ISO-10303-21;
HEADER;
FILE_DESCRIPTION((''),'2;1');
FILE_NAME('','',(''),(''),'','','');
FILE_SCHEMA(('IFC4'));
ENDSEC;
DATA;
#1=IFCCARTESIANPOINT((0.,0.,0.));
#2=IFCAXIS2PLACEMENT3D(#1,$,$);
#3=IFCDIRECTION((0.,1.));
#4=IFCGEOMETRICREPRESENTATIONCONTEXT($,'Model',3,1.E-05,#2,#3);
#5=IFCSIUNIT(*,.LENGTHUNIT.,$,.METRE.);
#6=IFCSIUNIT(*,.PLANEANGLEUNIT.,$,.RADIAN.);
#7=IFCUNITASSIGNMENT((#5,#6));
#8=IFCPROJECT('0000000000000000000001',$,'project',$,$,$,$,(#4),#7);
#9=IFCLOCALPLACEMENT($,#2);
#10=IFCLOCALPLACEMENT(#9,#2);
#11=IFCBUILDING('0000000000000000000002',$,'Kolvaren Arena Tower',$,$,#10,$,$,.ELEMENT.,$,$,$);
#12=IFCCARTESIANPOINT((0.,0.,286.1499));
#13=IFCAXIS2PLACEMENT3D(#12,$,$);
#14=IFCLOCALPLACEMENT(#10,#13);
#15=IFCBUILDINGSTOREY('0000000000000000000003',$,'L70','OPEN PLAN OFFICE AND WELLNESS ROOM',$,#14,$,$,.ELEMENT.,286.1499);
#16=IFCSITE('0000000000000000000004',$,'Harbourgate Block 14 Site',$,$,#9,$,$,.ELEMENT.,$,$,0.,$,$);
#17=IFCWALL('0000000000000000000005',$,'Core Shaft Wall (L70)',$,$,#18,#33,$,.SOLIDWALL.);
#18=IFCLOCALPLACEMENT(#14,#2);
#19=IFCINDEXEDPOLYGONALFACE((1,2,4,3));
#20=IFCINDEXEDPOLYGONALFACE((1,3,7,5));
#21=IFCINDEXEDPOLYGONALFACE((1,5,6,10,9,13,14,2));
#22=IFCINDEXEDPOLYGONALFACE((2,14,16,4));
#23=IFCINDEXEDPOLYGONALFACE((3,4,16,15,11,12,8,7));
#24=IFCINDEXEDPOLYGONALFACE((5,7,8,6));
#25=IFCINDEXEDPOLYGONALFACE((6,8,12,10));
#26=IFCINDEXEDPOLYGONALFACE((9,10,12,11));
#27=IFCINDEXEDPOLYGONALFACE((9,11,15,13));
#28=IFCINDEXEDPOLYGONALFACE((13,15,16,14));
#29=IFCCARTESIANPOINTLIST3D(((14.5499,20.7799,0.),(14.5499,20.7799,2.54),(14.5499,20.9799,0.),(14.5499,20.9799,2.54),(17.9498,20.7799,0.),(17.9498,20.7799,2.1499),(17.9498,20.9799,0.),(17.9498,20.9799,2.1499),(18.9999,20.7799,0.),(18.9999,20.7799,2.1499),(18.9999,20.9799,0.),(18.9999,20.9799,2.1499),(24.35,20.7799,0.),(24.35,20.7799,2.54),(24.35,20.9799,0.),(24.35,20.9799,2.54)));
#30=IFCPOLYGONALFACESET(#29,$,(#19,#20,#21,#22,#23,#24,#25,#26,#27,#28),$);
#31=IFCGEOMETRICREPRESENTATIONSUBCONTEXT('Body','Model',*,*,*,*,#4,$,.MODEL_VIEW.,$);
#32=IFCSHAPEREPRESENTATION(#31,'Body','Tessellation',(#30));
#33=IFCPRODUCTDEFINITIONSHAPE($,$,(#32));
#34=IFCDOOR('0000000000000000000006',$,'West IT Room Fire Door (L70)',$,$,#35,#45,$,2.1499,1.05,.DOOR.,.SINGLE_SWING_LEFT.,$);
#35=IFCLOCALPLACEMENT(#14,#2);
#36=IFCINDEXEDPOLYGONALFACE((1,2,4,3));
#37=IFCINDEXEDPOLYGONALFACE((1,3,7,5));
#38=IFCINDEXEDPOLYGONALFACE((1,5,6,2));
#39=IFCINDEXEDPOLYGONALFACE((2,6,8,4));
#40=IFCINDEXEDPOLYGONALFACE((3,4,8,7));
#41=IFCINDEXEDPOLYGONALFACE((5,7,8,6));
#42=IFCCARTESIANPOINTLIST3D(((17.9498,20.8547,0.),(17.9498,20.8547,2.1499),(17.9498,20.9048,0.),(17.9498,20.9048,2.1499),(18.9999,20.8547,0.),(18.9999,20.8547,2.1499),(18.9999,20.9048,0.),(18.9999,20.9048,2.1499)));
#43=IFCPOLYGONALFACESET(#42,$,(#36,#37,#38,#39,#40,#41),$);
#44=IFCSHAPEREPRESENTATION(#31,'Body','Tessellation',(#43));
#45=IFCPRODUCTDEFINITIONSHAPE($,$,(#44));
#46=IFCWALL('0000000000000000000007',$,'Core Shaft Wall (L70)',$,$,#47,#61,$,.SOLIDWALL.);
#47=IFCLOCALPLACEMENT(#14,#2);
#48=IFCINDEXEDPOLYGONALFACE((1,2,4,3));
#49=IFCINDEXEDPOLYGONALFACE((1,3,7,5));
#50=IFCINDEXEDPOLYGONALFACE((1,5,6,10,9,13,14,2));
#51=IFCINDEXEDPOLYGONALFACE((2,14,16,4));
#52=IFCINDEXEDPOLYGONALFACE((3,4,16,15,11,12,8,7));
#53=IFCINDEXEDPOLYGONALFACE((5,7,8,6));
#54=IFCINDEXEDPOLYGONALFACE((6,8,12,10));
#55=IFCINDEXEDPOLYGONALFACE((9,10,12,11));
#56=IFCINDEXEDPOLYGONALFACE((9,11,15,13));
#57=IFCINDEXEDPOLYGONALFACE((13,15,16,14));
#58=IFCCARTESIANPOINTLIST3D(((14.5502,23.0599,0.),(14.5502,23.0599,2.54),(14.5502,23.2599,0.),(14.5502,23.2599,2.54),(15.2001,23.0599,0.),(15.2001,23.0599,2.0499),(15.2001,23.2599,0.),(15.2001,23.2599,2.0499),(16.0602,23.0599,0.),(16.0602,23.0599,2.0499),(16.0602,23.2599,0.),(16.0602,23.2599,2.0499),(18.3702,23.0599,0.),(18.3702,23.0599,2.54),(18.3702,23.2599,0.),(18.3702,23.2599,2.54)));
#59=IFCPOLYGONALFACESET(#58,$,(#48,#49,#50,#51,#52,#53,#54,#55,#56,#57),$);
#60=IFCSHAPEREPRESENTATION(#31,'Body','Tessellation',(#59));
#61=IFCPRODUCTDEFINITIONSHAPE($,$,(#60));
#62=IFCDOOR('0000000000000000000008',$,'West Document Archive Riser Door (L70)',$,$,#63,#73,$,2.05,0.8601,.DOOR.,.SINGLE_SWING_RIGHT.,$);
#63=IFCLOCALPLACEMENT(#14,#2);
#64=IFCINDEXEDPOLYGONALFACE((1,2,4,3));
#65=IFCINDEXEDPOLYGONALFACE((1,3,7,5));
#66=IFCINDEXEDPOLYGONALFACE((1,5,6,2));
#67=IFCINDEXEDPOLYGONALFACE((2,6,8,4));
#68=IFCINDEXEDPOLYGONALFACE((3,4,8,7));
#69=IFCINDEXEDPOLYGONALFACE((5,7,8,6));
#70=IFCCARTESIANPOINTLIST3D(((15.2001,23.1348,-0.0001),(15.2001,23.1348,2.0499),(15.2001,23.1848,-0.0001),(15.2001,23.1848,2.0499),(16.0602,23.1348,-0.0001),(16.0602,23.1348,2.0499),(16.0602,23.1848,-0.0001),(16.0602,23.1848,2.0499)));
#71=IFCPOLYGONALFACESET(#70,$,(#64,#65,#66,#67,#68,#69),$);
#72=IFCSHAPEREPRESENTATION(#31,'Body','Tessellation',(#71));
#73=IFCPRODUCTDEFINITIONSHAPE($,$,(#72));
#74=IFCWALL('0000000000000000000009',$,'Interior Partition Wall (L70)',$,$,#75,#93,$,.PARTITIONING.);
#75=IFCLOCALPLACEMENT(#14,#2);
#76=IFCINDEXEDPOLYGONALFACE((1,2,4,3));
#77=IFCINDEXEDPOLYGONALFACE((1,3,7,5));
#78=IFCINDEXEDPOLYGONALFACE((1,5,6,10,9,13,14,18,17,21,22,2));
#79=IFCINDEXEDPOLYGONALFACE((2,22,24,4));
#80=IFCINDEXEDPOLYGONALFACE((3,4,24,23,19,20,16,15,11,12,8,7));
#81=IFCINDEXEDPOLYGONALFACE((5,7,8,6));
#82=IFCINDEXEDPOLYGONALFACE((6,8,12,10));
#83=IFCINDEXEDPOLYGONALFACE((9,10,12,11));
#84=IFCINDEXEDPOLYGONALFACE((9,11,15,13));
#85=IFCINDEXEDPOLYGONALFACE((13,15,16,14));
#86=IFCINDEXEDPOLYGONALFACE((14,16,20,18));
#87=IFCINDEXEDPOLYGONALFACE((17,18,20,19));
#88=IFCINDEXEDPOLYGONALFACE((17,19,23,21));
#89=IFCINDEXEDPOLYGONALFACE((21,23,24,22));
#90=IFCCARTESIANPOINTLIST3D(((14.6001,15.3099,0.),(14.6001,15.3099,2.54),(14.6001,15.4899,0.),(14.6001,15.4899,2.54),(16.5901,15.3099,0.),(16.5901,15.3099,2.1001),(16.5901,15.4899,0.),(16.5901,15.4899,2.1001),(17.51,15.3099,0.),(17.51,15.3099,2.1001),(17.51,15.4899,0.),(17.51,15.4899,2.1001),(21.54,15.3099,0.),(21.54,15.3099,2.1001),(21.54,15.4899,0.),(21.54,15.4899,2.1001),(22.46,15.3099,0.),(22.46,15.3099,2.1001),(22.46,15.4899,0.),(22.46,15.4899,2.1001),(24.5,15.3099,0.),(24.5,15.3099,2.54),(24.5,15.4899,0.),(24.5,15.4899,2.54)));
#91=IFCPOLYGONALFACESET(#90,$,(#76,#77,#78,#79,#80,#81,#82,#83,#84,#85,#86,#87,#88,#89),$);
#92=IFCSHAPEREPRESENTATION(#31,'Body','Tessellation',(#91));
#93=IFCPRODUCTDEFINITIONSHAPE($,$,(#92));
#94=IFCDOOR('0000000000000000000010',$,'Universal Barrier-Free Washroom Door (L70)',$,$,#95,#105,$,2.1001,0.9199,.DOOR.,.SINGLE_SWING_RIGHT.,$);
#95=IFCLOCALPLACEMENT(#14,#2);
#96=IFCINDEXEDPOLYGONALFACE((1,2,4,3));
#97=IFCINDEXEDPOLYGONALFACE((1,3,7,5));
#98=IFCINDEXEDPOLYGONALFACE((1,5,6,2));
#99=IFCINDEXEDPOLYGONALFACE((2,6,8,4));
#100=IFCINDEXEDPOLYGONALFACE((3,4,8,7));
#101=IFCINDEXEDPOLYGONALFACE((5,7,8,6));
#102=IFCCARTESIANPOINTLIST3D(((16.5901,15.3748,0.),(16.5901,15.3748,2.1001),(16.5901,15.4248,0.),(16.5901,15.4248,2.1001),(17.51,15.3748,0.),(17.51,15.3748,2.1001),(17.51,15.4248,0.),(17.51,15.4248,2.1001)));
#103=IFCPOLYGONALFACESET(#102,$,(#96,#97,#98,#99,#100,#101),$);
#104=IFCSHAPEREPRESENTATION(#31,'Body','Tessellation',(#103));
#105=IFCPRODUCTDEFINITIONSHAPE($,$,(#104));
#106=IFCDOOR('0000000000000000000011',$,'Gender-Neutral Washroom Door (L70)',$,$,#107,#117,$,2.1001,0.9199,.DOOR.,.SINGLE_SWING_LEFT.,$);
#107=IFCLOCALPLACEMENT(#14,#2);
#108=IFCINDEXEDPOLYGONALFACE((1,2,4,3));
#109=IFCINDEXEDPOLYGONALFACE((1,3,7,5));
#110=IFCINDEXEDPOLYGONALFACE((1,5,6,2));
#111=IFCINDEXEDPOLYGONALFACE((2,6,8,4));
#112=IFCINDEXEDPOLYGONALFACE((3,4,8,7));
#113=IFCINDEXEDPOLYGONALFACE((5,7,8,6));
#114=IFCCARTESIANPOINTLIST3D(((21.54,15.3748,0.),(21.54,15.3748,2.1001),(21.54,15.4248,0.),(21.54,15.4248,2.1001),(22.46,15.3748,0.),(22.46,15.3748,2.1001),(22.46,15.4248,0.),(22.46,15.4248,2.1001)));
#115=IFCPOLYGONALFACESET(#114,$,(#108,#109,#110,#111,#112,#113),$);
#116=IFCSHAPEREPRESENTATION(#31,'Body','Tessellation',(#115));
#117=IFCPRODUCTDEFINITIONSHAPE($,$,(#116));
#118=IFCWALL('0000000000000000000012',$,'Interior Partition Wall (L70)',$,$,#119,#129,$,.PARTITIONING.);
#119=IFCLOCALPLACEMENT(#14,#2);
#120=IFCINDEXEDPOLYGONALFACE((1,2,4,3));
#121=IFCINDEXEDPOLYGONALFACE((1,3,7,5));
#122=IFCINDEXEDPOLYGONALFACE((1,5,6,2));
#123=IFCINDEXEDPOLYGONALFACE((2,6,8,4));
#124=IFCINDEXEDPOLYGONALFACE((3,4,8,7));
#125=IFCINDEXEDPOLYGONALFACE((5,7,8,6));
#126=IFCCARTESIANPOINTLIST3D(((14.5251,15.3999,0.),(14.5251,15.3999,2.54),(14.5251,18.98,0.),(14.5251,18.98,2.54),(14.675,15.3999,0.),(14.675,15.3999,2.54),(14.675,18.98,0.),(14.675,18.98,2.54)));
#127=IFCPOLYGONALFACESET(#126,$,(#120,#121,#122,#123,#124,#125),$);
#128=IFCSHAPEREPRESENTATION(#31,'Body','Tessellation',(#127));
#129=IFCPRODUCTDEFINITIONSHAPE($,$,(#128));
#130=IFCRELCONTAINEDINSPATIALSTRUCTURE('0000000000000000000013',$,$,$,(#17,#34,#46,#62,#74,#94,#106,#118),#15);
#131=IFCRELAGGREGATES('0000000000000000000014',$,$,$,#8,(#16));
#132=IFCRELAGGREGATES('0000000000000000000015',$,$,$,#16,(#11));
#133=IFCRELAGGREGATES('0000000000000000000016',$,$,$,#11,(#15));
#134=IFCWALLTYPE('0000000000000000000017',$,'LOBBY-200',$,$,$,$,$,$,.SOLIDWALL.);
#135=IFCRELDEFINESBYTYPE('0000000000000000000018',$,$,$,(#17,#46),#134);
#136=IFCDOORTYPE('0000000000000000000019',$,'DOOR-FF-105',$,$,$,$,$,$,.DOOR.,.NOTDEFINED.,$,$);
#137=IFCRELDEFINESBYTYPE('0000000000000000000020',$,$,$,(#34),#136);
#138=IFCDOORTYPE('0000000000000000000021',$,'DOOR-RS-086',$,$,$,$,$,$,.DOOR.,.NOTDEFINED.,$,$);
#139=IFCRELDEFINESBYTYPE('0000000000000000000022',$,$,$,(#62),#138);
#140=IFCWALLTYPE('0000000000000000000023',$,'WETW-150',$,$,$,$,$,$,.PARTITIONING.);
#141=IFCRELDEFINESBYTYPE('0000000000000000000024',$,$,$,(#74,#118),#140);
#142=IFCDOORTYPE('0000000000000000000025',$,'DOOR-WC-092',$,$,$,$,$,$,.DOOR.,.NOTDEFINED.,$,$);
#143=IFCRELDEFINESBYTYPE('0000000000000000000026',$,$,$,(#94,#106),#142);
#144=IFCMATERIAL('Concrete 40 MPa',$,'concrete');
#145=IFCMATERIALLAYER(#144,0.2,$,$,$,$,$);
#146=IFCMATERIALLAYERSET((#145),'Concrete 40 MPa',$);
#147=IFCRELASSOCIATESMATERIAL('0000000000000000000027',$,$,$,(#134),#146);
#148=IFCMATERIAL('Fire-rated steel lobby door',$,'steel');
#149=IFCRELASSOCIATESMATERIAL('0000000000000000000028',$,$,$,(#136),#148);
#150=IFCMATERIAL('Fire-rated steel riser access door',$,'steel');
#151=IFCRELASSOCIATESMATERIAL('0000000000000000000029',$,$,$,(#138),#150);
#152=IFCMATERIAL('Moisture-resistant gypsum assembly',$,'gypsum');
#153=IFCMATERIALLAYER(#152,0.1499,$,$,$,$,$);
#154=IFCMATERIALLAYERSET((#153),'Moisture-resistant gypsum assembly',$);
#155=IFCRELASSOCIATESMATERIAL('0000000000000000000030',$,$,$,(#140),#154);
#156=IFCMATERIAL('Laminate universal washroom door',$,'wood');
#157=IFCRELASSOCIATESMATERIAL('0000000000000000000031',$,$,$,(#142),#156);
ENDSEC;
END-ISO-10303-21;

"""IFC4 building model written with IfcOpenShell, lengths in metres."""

from ifc_helpers import new_model, si_unit, direction, frame, frame_2d, origin, place, context, subcontext, project, spatial, rectangle, extrude, material, layer, layer_set, type_object, element, fill, save


model = new_model("IFC4")

# Units and contexts
model_context = context("Model", 3, precision=1e-05, world=origin(), true_north=direction((0.0, 1.0)))
body_context = subcontext(model_context, "Body", "Model", "MODEL_VIEW")
ifc_project = project(units=[si_unit("LENGTHUNIT", "METRE"), si_unit("PLANEANGLEUNIT", "RADIAN")], contexts=[model_context])

# Site, building, storey
site_placement = place(None, origin())
site = spatial("IfcSite", under=ifc_project, at=site_placement, Name="Harbourgate Block 14 Site", CompositionType="ELEMENT", RefElevation=0.0)
building_placement = place(site_placement, origin())
building = spatial("IfcBuilding", under=site, at=building_placement, Name="Kolvaren Arena Tower", CompositionType="ELEMENT")
storey_placement = place(building_placement, frame((0.0, 0.0, 286.1499)))
storey = spatial("IfcBuildingStorey", under=building, at=storey_placement, Name="L70", Description="OPEN PLAN OFFICE AND WELLNESS ROOM", CompositionType="ELEMENT", Elevation=286.1499)

# Walls, openings, doors
ifc_material_1 = material(Name="Concrete 40 MPa", Category="concrete")
ifc_layer_1 = layer(ifc_material_1, 0.2)
ifc_layer_set_1 = layer_set([ifc_layer_1], Name="Concrete 40 MPa")
wall_type_1 = type_object("IfcWallType", Name="LOBBY-200", PredefinedType="SOLIDWALL", material=ifc_layer_set_1)
wall_1_placement = place(storey_placement, frame((14.55, 20.8799, 0.0), z_axis=(0.0, 0.0, 1.0), x_axis=(1.0, 0.0, 0.0)))
wall_1 = element("IfcWall", 1, at=wall_1_placement, inside=storey, type_object=wall_type_1, Name="Core Shaft Wall (L70)", PredefinedType="SOLIDWALL", context=body_context, shape_type="SweptSolid", body=[
    extrude(rectangle(XDim=9.8, YDim=0.2, at=frame_2d((4.8999, 0.0))), origin(), (0.0, 0.0, 1.0), 2.54),
])
opening_1_placement = place(wall_1_placement, frame((3.3999, 0.0, 0.0)))
opening_1 = element("IfcOpeningElement", 2, at=opening_1_placement, cuts=wall_1, PredefinedType="OPENING", context=body_context, shape_type="SweptSolid", body=[
    extrude(rectangle(XDim=1.05, YDim=2.1499, at=frame_2d((0.5249, 1.075))), frame((0.0, 0.1099, 0.0), z_axis=(0.0, -1.0, 0.0), x_axis=(1.0, 0.0, 0.0)), (0.0, 0.0, 1.0), 0.22),
])
ifc_material_2 = material(Name="Fire-rated steel lobby door", Category="steel")
door_type_1 = type_object("IfcDoorType", Name="DOOR-FF-105", OperationType="NOTDEFINED", PredefinedType="DOOR", material=ifc_material_2)
door_1_placement = place(opening_1_placement, origin())
door_1 = element("IfcDoor", 3, at=door_1_placement, inside=storey, type_object=door_type_1, Name="West IT Room Fire Door (L70)", OperationType="SINGLE_SWING_LEFT", OverallHeight=2.1499, OverallWidth=1.05, PredefinedType="DOOR", context=body_context, shape_type="SweptSolid", body=[
    extrude(rectangle(XDim=1.05, YDim=2.1499, at=frame_2d((0.5249, 1.075))), frame((0.0, 0.0249, 0.0), z_axis=(0.0, -1.0, 0.0), x_axis=(1.0, 0.0, 0.0)), (0.0, 0.0, 1.0), 0.05),
])
fill(opening_1, door_1)
wall_2_placement = place(storey_placement, frame((14.55, 23.1599, 0.0), z_axis=(0.0, 0.0, 1.0), x_axis=(1.0, 0.0, 0.0)))
wall_2 = element("IfcWall", 4, at=wall_2_placement, inside=storey, type_object=wall_type_1, Name="Core Shaft Wall (L70)", PredefinedType="SOLIDWALL", context=body_context, shape_type="SweptSolid", body=[
    extrude(rectangle(XDim=3.8201, YDim=0.2, at=frame_2d((1.9102, 0.0))), origin(), (0.0, 0.0, 1.0), 2.54),
])
opening_2_placement = place(wall_2_placement, frame((0.6499, 0.0, 0.0)))
opening_2 = element("IfcOpeningElement", 5, at=opening_2_placement, cuts=wall_2, PredefinedType="OPENING", context=body_context, shape_type="SweptSolid", body=[
    extrude(rectangle(XDim=0.8601, YDim=2.05, at=frame_2d((0.4302, 1.0249))), frame((0.0, 0.1099, 0.0), z_axis=(0.0, -1.0, 0.0), x_axis=(1.0, 0.0, 0.0)), (0.0, 0.0, 1.0), 0.22),
])
ifc_material_3 = material(Name="Fire-rated steel riser access door", Category="steel")
door_type_2 = type_object("IfcDoorType", Name="DOOR-RS-086", OperationType="NOTDEFINED", PredefinedType="DOOR", material=ifc_material_3)
door_2_placement = place(opening_2_placement, origin())
door_2 = element("IfcDoor", 6, at=door_2_placement, inside=storey, type_object=door_type_2, Name="West Document Archive Riser Door (L70)", OperationType="SINGLE_SWING_RIGHT", OverallHeight=2.05, OverallWidth=0.8601, PredefinedType="DOOR", context=body_context, shape_type="SweptSolid", body=[
    extrude(rectangle(XDim=0.8601, YDim=2.05, at=frame_2d((0.4302, 1.0249))), frame((0.0, 0.0249, 0.0), z_axis=(0.0, -1.0, 0.0), x_axis=(1.0, 0.0, 0.0)), (0.0, 0.0, 1.0), 0.05),
])
fill(opening_2, door_2)

# Wall, openings, doors
ifc_material_4 = material(Name="Moisture-resistant gypsum assembly", Category="gypsum")
ifc_layer_2 = layer(ifc_material_4, 0.1499)
ifc_layer_set_2 = layer_set([ifc_layer_2], Name="Moisture-resistant gypsum assembly")
wall_type_2 = type_object("IfcWallType", Name="WETW-150", PredefinedType="PARTITIONING", material=ifc_layer_set_2)
wall_3_placement = place(storey_placement, frame((14.6001, 15.3999, 0.0), z_axis=(0.0, 0.0, 1.0), x_axis=(1.0, 0.0, 0.0)))
wall_3 = element("IfcWall", 7, at=wall_3_placement, inside=storey, type_object=wall_type_2, Name="Interior Partition Wall (L70)", PredefinedType="PARTITIONING", context=body_context, shape_type="SweptSolid", body=[
    extrude(rectangle(XDim=9.8999, YDim=0.1799, at=frame_2d((4.95, 0.0))), origin(), (0.0, 0.0, 1.0), 2.54),
])
opening_3_placement = place(wall_3_placement, frame((1.99, 0.0, 0.0)))
opening_3 = element("IfcOpeningElement", 8, at=opening_3_placement, cuts=wall_3, PredefinedType="OPENING", context=body_context, shape_type="SweptSolid", body=[
    extrude(rectangle(XDim=0.9199, YDim=2.1001, at=frame_2d((0.46, 1.05))), frame((0.0, 0.0999, 0.0), z_axis=(0.0, -1.0, 0.0), x_axis=(1.0, 0.0, 0.0)), (0.0, 0.0, 1.0), 0.2),
])
opening_4_placement = place(wall_3_placement, frame((6.9399, 0.0, 0.0)))
opening_4 = element("IfcOpeningElement", 9, at=opening_4_placement, cuts=wall_3, PredefinedType="OPENING", context=body_context, shape_type="SweptSolid", body=[
    extrude(rectangle(XDim=0.9199, YDim=2.1001, at=frame_2d((0.46, 1.05))), frame((0.0, 0.0999, 0.0), z_axis=(0.0, -1.0, 0.0), x_axis=(1.0, 0.0, 0.0)), (0.0, 0.0, 1.0), 0.2),
])
ifc_material_5 = material(Name="Laminate universal washroom door", Category="wood")
door_type_3 = type_object("IfcDoorType", Name="DOOR-WC-092", OperationType="NOTDEFINED", PredefinedType="DOOR", material=ifc_material_5)
door_3_placement = place(opening_3_placement, origin())
door_3 = element("IfcDoor", 10, at=door_3_placement, inside=storey, type_object=door_type_3, Name="Universal Barrier-Free Washroom Door (L70)", OperationType="SINGLE_SWING_RIGHT", OverallHeight=2.1001, OverallWidth=0.9199, PredefinedType="DOOR", context=body_context, shape_type="SweptSolid", body=[
    extrude(rectangle(XDim=0.9199, YDim=2.1001, at=frame_2d((0.46, 1.05))), frame((0.0, 0.0249, 0.0), z_axis=(0.0, -1.0, 0.0), x_axis=(1.0, 0.0, 0.0)), (0.0, 0.0, 1.0), 0.05),
])
fill(opening_3, door_3)
door_4_placement = place(opening_4_placement, origin())
door_4 = element("IfcDoor", 11, at=door_4_placement, inside=storey, type_object=door_type_3, Name="Gender-Neutral Washroom Door (L70)", OperationType="SINGLE_SWING_LEFT", OverallHeight=2.1001, OverallWidth=0.9199, PredefinedType="DOOR", context=body_context, shape_type="SweptSolid", body=[
    extrude(rectangle(XDim=0.9199, YDim=2.1001, at=frame_2d((0.46, 1.05))), frame((0.0, 0.0249, 0.0), z_axis=(0.0, -1.0, 0.0), x_axis=(1.0, 0.0, 0.0)), (0.0, 0.0, 1.0), 0.05),
])
fill(opening_4, door_4)

# Wall
wall_4_placement = place(storey_placement, frame((14.6001, 15.3999, 0.0), z_axis=(0.0, 0.0, 1.0), x_axis=(0.0, 1.0, 0.0)))
element("IfcWall", 12, at=wall_4_placement, inside=storey, type_object=wall_type_2, Name="Interior Partition Wall (L70)", PredefinedType="PARTITIONING", context=body_context, shape_type="SweptSolid", body=[
    extrude(rectangle(XDim=3.5801, YDim=0.1499, at=frame_2d((1.79, 0.0))), origin(), (0.0, 0.0, 1.0), 2.54),
])

save(model, "model.ifc")
